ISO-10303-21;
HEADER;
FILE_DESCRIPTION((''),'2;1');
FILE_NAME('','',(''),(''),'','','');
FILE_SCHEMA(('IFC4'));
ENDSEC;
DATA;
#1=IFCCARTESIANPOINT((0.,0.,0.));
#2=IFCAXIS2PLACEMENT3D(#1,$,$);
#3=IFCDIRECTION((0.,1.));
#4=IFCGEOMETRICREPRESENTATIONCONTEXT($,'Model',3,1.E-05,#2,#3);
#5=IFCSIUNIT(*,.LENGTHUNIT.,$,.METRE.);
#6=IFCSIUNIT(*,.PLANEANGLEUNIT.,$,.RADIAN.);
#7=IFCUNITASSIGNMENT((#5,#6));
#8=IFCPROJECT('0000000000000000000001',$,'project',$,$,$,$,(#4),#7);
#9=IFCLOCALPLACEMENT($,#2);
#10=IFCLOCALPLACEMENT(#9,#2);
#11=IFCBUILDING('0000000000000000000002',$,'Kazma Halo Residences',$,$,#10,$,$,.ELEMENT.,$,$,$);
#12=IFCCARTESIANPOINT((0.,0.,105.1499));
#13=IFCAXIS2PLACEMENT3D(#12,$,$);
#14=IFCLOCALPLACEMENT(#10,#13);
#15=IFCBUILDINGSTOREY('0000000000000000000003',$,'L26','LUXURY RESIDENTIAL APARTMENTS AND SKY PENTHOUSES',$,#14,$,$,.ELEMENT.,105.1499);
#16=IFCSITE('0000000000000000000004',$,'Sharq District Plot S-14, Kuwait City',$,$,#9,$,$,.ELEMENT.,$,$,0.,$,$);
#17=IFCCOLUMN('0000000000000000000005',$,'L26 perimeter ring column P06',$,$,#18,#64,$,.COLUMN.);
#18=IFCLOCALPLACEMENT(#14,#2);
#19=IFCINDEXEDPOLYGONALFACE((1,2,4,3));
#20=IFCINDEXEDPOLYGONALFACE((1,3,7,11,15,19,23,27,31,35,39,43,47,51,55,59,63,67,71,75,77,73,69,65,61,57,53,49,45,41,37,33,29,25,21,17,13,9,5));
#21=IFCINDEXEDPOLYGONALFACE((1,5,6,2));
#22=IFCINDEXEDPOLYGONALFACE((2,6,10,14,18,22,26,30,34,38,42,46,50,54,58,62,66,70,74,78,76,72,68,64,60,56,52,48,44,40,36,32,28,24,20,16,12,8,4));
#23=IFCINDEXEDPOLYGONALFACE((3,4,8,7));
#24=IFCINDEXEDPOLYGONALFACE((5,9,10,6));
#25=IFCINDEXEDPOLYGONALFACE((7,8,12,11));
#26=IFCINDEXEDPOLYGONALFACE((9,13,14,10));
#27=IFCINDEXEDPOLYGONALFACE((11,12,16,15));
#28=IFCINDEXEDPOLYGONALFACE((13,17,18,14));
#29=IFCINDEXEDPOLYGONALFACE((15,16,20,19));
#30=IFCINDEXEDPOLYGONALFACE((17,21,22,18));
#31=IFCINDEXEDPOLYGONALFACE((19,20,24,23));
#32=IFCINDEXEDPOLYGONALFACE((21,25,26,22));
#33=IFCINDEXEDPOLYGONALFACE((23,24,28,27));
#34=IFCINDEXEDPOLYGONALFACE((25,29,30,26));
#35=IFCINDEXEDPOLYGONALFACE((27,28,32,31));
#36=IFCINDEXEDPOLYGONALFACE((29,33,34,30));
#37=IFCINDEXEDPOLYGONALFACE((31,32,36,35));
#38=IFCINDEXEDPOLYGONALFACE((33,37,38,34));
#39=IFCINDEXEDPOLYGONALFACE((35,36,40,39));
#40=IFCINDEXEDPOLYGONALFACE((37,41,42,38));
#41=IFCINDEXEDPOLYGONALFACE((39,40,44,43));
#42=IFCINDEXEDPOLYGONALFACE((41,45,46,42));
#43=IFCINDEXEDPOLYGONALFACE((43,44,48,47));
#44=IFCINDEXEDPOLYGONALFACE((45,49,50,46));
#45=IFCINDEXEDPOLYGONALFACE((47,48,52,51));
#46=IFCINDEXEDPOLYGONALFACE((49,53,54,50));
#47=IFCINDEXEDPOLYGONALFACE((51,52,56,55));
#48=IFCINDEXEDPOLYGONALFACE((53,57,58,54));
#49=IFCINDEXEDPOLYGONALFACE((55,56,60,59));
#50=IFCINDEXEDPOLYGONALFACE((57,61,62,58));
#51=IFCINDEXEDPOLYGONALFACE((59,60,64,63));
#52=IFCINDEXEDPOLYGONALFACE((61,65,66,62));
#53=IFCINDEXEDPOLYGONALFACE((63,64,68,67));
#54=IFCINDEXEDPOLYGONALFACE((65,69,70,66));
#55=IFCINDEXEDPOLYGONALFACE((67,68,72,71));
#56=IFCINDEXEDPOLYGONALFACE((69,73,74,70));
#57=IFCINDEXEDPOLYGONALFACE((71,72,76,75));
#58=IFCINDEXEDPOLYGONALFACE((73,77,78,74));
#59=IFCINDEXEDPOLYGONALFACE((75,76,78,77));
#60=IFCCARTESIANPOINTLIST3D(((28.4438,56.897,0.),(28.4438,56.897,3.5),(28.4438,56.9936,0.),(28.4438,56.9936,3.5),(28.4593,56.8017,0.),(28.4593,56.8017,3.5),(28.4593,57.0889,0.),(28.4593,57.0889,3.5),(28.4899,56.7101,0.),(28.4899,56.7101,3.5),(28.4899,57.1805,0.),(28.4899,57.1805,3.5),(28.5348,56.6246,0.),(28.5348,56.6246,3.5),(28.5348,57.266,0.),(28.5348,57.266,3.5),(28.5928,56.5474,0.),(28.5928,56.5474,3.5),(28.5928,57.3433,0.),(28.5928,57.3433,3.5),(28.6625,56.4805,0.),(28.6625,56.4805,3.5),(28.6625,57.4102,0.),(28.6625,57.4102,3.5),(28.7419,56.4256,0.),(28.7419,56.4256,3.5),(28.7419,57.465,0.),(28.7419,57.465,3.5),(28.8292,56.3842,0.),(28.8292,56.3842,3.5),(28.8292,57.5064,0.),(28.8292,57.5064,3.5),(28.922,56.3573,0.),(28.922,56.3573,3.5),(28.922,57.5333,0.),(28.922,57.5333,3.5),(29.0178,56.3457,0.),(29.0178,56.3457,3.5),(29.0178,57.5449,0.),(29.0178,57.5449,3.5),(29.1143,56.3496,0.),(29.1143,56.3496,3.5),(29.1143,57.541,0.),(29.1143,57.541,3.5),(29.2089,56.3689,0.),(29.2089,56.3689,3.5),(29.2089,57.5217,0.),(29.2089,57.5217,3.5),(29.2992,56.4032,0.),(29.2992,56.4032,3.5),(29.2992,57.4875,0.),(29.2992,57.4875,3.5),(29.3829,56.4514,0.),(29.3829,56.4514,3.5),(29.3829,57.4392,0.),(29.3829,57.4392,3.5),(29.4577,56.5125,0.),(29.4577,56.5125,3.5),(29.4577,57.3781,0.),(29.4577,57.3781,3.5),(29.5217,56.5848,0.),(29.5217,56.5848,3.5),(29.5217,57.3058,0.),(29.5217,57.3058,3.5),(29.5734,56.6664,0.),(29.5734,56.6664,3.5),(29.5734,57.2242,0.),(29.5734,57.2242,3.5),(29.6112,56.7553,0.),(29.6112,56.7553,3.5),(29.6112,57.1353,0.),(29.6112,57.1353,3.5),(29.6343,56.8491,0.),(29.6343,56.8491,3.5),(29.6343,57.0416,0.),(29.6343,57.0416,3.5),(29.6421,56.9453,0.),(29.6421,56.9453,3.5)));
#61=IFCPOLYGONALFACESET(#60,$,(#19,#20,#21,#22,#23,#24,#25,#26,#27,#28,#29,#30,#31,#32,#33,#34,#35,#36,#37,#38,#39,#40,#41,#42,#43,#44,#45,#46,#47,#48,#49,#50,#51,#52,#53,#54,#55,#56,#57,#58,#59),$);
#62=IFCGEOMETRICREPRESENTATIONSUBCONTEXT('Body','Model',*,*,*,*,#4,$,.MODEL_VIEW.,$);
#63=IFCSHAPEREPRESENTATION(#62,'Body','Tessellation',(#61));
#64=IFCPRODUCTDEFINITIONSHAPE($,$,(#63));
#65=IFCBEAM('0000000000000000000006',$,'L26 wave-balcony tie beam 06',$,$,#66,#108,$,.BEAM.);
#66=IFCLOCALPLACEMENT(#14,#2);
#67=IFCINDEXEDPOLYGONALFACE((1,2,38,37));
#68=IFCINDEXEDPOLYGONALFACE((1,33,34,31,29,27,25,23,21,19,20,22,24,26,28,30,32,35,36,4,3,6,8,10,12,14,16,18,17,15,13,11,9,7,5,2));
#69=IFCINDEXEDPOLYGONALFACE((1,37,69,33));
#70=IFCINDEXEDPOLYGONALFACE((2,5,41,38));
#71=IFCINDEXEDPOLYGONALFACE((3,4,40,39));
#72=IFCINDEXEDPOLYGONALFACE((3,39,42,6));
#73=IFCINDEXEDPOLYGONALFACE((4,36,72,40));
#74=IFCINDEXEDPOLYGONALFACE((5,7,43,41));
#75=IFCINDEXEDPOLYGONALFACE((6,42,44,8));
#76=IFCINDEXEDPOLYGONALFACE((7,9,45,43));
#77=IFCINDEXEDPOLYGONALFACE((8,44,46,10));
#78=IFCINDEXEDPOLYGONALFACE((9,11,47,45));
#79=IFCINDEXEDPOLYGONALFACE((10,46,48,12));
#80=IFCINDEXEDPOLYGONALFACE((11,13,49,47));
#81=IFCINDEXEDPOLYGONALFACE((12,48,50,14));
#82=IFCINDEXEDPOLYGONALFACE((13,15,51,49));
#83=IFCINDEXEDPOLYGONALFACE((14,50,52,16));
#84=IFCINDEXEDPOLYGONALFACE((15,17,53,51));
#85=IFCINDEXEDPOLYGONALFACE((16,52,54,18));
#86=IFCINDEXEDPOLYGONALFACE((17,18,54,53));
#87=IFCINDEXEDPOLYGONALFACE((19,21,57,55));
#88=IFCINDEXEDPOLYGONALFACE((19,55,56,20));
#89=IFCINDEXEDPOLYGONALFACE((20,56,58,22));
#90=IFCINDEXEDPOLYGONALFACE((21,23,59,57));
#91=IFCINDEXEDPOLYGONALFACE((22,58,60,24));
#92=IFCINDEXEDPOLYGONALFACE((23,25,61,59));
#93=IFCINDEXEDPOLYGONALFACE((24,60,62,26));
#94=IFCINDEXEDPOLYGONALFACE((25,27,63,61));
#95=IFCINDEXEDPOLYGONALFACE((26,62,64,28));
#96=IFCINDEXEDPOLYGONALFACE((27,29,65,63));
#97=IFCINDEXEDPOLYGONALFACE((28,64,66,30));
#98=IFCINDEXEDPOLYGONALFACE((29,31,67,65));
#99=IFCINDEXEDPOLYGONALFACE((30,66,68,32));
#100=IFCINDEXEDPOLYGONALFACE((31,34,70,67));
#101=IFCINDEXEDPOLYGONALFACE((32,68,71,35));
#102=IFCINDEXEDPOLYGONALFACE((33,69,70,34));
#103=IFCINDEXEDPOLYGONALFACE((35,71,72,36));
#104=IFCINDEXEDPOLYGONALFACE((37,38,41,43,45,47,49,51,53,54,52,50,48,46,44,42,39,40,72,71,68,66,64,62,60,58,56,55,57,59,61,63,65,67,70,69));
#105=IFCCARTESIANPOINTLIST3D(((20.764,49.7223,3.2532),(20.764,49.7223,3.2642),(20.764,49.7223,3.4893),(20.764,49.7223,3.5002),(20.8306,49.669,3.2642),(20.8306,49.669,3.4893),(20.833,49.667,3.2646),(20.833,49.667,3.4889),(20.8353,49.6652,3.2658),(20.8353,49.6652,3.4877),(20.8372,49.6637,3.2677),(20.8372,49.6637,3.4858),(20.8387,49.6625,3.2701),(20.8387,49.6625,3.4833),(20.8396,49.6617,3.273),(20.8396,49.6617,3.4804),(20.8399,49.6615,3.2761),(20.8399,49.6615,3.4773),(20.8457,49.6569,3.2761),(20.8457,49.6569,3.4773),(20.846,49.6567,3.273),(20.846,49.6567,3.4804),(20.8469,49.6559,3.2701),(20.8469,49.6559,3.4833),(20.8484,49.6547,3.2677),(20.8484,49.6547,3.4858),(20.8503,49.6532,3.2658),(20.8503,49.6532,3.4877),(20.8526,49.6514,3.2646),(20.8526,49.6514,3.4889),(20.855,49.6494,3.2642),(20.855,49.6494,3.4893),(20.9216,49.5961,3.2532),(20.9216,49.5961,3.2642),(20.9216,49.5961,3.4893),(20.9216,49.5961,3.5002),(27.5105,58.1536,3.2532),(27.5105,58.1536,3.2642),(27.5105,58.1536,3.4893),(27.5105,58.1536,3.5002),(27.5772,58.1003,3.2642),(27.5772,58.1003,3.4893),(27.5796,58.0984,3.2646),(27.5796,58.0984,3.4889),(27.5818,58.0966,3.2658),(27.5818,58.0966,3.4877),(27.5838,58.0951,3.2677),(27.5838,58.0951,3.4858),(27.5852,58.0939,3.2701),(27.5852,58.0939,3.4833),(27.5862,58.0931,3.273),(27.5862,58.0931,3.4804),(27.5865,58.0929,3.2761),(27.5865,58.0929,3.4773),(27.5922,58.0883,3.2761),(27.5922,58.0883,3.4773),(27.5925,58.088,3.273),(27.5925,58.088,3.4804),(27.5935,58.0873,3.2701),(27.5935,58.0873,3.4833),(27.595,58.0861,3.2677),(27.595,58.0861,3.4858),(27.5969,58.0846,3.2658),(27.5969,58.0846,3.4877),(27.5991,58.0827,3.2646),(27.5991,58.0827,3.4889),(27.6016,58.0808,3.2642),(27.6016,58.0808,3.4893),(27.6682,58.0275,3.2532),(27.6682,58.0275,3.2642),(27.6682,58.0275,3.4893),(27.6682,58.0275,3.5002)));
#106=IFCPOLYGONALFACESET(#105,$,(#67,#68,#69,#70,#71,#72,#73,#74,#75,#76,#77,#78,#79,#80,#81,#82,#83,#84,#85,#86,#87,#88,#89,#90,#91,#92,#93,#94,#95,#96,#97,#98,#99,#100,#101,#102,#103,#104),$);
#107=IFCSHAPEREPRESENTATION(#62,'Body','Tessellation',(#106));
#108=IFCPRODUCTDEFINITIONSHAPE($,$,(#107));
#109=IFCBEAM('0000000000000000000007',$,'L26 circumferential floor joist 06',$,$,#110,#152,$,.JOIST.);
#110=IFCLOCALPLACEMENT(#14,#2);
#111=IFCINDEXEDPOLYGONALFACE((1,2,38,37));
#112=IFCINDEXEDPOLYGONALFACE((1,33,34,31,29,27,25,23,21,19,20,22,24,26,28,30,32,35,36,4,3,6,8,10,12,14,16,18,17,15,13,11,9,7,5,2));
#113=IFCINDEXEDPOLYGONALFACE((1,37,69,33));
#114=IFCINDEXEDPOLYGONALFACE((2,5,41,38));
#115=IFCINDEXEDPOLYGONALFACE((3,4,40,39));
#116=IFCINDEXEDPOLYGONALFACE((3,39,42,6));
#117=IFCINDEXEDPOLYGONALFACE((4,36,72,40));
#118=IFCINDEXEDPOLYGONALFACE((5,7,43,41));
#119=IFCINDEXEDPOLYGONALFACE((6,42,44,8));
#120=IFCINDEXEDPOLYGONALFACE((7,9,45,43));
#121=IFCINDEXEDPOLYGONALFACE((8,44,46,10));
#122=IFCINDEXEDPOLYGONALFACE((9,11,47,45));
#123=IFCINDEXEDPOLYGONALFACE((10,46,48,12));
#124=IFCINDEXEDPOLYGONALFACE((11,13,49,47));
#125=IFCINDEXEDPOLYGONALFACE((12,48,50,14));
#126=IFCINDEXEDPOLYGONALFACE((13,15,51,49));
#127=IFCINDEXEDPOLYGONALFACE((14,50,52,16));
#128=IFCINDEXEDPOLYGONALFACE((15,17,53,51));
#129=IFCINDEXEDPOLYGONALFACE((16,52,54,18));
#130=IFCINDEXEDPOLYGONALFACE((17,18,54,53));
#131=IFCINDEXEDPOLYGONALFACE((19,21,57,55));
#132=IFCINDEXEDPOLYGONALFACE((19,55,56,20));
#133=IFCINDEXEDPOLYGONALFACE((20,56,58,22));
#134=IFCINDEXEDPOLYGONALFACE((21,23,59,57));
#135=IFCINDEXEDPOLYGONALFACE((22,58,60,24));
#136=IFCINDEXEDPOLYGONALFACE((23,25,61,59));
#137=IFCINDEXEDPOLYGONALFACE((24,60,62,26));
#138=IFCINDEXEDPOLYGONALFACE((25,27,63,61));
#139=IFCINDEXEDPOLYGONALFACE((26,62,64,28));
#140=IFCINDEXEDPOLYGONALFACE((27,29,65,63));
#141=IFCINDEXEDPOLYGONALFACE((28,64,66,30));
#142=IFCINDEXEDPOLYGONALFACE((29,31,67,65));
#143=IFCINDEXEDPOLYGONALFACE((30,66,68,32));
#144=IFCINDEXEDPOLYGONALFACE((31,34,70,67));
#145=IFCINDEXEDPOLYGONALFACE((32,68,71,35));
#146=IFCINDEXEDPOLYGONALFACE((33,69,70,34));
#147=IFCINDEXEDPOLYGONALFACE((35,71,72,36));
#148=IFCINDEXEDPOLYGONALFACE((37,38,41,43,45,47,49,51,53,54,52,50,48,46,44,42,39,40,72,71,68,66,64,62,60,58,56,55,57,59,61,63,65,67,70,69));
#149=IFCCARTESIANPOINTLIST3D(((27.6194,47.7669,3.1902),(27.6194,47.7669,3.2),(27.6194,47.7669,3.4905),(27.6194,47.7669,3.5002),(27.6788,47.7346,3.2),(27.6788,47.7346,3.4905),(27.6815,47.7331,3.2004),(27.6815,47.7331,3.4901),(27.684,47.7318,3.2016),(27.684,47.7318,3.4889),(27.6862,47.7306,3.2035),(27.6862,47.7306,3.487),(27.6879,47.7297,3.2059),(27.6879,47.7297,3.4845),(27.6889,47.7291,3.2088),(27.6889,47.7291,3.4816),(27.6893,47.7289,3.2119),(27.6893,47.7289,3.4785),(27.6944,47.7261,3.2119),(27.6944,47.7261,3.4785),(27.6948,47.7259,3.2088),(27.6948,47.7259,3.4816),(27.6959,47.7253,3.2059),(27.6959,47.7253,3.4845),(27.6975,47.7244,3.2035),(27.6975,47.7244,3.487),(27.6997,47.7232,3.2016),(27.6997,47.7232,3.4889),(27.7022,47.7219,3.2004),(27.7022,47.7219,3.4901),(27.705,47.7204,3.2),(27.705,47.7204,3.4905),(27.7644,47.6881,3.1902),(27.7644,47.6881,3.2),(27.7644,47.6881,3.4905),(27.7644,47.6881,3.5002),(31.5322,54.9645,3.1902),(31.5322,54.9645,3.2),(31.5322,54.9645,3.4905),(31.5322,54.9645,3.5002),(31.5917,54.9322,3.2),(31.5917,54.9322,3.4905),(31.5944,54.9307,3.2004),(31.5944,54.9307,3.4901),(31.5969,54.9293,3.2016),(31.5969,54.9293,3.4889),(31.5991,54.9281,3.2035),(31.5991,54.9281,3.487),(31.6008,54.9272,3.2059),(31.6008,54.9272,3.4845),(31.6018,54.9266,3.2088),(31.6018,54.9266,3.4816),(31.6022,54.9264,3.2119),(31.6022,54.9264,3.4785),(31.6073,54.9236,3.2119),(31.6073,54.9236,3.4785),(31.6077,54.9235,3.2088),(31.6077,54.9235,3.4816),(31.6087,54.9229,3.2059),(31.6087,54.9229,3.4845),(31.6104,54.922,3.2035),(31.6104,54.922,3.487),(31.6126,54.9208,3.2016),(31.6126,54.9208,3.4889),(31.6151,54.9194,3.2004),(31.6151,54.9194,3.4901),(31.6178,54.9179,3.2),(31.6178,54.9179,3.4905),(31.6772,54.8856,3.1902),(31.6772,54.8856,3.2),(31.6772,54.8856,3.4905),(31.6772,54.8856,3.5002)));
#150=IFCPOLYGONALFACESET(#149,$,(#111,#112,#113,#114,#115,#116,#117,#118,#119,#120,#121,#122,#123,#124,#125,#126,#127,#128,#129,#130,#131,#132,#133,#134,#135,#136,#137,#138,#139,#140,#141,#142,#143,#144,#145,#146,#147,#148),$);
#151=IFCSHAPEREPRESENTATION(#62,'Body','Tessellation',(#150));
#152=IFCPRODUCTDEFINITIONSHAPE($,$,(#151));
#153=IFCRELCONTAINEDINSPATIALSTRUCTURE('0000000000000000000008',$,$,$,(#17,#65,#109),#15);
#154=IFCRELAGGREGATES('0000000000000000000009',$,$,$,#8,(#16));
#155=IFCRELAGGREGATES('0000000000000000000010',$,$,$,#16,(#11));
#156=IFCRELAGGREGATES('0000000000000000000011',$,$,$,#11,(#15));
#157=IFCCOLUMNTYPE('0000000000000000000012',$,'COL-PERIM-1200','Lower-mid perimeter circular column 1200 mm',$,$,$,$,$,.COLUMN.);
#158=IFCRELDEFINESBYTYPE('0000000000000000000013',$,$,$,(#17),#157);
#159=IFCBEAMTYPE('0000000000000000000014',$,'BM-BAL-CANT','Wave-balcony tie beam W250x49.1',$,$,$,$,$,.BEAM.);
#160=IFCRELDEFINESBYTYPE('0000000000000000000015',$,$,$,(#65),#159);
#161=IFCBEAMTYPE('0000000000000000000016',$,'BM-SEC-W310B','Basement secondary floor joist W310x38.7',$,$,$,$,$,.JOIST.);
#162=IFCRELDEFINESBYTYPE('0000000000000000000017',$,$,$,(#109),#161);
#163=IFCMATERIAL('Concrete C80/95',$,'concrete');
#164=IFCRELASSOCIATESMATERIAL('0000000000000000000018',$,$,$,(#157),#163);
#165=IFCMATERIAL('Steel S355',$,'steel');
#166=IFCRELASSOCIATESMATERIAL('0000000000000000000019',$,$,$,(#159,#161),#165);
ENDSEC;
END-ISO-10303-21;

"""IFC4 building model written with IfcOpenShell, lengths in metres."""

from ifc_helpers import new_model, si_unit, direction, frame, origin, origin_2d, place, context, subcontext, project, spatial, circle, i_section, extrude, material, material_profile, profile_set, type_object, element, save


model = new_model("IFC4")

# Units and contexts
model_context = context("Model", 3, precision=1e-05, world=origin(), true_north=direction((0.0, 1.0)))
body_context = subcontext(model_context, "Body", "Model", "MODEL_VIEW")
ifc_project = project(units=[si_unit("LENGTHUNIT", "METRE"), si_unit("PLANEANGLEUNIT", "RADIAN")], contexts=[model_context])

# Site, building, storey
site_placement = place(None, origin())
site = spatial("IfcSite", under=ifc_project, at=site_placement, Name="Sharq District Plot S-14, Kuwait City", CompositionType="ELEMENT", RefElevation=0.0)
building_placement = place(site_placement, origin())
building = spatial("IfcBuilding", under=site, at=building_placement, Name="Kazma Halo Residences", CompositionType="ELEMENT")
storey_placement = place(building_placement, frame((0.0, 0.0, 105.1499)))
storey = spatial("IfcBuildingStorey", under=building, at=storey_placement, Name="L26", Description="LUXURY RESIDENTIAL APARTMENTS AND SKY PENTHOUSES", CompositionType="ELEMENT", Elevation=105.1499)

# Column
ifc_material_1 = material(Name="Concrete C80/95", Category="concrete")
ifc_material_profile_1 = material_profile(ifc_material_1, circle(Radius=0.6001, at=origin_2d()), Name="CIRC1200")
ifc_profile_set_1 = profile_set([ifc_material_profile_1], Name="Concrete C80/95")
column_type = type_object("IfcColumnType", Name="COL-PERIM-1200", Description="Lower-mid perimeter circular column 1200 mm", PredefinedType="COLUMN", material=ifc_profile_set_1)
column_placement = place(storey_placement, frame((29.042, 56.9453, 0.0), z_axis=(0.0, 0.0, 1.0), x_axis=(1.0, 0.0, 0.0)))
element("IfcColumn", 1, at=column_placement, inside=storey, type_object=column_type, Name="L26 perimeter ring column P06", PredefinedType="COLUMN", context=body_context, shape_type="SweptSolid", body=[
    extrude(circle(Radius=0.6001, at=origin_2d()), origin(), (0.0, 0.0, 1.0), 3.5),
])

# Beams
ifc_material_2 = material(Name="Steel S355", Category="steel")
ifc_material_profile_2 = material_profile(ifc_material_2, i_section(OverallWidth=0.2019, OverallDepth=0.2471, WebThickness=0.0073, FlangeThickness=0.011, FilletRadius=0.012, at=origin_2d()), Name="W250x49.1")
ifc_profile_set_2 = profile_set([ifc_material_profile_2], Name="Steel S355")
beam_type_1 = type_object("IfcBeamType", Name="BM-BAL-CANT", Description="Wave-balcony tie beam W250x49.1", PredefinedType="BEAM", material=ifc_profile_set_2)
beam_1_placement = place(storey_placement, frame((27.5894, 58.0906, 3.3767), z_axis=(-0.624778, -0.780803, 0.0), x_axis=(0.780803, -0.624778, 0.0)))
element("IfcBeam", 2, at=beam_1_placement, inside=storey, type_object=beam_type_1, Name="L26 wave-balcony tie beam 06", PredefinedType="BEAM", context=body_context, shape_type="SweptSolid", body=[
    extrude(i_section(OverallWidth=0.2019, OverallDepth=0.2471, WebThickness=0.0073, FlangeThickness=0.011, FilletRadius=0.012, at=origin_2d()), origin(), (0.0, 0.0, 1.0), 10.7983),
])
ifc_material_profile_3 = material_profile(ifc_material_2, i_section(OverallWidth=0.165, OverallDepth=0.3101, WebThickness=0.0059, FlangeThickness=0.0098, FilletRadius=0.012, at=origin_2d()), Name="W310x38.7")
ifc_profile_set_3 = profile_set([ifc_material_profile_3], Name="Steel S355")
beam_type_2 = type_object("IfcBeamType", Name="BM-SEC-W310B", Description="Basement secondary floor joist W310x38.7", PredefinedType="JOIST", material=ifc_profile_set_3)
beam_2_placement = place(storey_placement, frame((31.6047, 54.925, 3.3452), z_axis=(-0.477622, -0.878566, 0.0), x_axis=(0.878566, -0.477622, 0.0)))
element("IfcBeam", 3, at=beam_2_placement, inside=storey, type_object=beam_type_2, Name="L26 circumferential floor joist 06", PredefinedType="JOIST", context=body_context, shape_type="SweptSolid", body=[
    extrude(i_section(OverallWidth=0.165, OverallDepth=0.3101, WebThickness=0.0059, FlangeThickness=0.0098, FilletRadius=0.012, at=origin_2d()), origin(), (0.0, 0.0, 1.0), 8.1924),
])

save(model, "model.ifc")
